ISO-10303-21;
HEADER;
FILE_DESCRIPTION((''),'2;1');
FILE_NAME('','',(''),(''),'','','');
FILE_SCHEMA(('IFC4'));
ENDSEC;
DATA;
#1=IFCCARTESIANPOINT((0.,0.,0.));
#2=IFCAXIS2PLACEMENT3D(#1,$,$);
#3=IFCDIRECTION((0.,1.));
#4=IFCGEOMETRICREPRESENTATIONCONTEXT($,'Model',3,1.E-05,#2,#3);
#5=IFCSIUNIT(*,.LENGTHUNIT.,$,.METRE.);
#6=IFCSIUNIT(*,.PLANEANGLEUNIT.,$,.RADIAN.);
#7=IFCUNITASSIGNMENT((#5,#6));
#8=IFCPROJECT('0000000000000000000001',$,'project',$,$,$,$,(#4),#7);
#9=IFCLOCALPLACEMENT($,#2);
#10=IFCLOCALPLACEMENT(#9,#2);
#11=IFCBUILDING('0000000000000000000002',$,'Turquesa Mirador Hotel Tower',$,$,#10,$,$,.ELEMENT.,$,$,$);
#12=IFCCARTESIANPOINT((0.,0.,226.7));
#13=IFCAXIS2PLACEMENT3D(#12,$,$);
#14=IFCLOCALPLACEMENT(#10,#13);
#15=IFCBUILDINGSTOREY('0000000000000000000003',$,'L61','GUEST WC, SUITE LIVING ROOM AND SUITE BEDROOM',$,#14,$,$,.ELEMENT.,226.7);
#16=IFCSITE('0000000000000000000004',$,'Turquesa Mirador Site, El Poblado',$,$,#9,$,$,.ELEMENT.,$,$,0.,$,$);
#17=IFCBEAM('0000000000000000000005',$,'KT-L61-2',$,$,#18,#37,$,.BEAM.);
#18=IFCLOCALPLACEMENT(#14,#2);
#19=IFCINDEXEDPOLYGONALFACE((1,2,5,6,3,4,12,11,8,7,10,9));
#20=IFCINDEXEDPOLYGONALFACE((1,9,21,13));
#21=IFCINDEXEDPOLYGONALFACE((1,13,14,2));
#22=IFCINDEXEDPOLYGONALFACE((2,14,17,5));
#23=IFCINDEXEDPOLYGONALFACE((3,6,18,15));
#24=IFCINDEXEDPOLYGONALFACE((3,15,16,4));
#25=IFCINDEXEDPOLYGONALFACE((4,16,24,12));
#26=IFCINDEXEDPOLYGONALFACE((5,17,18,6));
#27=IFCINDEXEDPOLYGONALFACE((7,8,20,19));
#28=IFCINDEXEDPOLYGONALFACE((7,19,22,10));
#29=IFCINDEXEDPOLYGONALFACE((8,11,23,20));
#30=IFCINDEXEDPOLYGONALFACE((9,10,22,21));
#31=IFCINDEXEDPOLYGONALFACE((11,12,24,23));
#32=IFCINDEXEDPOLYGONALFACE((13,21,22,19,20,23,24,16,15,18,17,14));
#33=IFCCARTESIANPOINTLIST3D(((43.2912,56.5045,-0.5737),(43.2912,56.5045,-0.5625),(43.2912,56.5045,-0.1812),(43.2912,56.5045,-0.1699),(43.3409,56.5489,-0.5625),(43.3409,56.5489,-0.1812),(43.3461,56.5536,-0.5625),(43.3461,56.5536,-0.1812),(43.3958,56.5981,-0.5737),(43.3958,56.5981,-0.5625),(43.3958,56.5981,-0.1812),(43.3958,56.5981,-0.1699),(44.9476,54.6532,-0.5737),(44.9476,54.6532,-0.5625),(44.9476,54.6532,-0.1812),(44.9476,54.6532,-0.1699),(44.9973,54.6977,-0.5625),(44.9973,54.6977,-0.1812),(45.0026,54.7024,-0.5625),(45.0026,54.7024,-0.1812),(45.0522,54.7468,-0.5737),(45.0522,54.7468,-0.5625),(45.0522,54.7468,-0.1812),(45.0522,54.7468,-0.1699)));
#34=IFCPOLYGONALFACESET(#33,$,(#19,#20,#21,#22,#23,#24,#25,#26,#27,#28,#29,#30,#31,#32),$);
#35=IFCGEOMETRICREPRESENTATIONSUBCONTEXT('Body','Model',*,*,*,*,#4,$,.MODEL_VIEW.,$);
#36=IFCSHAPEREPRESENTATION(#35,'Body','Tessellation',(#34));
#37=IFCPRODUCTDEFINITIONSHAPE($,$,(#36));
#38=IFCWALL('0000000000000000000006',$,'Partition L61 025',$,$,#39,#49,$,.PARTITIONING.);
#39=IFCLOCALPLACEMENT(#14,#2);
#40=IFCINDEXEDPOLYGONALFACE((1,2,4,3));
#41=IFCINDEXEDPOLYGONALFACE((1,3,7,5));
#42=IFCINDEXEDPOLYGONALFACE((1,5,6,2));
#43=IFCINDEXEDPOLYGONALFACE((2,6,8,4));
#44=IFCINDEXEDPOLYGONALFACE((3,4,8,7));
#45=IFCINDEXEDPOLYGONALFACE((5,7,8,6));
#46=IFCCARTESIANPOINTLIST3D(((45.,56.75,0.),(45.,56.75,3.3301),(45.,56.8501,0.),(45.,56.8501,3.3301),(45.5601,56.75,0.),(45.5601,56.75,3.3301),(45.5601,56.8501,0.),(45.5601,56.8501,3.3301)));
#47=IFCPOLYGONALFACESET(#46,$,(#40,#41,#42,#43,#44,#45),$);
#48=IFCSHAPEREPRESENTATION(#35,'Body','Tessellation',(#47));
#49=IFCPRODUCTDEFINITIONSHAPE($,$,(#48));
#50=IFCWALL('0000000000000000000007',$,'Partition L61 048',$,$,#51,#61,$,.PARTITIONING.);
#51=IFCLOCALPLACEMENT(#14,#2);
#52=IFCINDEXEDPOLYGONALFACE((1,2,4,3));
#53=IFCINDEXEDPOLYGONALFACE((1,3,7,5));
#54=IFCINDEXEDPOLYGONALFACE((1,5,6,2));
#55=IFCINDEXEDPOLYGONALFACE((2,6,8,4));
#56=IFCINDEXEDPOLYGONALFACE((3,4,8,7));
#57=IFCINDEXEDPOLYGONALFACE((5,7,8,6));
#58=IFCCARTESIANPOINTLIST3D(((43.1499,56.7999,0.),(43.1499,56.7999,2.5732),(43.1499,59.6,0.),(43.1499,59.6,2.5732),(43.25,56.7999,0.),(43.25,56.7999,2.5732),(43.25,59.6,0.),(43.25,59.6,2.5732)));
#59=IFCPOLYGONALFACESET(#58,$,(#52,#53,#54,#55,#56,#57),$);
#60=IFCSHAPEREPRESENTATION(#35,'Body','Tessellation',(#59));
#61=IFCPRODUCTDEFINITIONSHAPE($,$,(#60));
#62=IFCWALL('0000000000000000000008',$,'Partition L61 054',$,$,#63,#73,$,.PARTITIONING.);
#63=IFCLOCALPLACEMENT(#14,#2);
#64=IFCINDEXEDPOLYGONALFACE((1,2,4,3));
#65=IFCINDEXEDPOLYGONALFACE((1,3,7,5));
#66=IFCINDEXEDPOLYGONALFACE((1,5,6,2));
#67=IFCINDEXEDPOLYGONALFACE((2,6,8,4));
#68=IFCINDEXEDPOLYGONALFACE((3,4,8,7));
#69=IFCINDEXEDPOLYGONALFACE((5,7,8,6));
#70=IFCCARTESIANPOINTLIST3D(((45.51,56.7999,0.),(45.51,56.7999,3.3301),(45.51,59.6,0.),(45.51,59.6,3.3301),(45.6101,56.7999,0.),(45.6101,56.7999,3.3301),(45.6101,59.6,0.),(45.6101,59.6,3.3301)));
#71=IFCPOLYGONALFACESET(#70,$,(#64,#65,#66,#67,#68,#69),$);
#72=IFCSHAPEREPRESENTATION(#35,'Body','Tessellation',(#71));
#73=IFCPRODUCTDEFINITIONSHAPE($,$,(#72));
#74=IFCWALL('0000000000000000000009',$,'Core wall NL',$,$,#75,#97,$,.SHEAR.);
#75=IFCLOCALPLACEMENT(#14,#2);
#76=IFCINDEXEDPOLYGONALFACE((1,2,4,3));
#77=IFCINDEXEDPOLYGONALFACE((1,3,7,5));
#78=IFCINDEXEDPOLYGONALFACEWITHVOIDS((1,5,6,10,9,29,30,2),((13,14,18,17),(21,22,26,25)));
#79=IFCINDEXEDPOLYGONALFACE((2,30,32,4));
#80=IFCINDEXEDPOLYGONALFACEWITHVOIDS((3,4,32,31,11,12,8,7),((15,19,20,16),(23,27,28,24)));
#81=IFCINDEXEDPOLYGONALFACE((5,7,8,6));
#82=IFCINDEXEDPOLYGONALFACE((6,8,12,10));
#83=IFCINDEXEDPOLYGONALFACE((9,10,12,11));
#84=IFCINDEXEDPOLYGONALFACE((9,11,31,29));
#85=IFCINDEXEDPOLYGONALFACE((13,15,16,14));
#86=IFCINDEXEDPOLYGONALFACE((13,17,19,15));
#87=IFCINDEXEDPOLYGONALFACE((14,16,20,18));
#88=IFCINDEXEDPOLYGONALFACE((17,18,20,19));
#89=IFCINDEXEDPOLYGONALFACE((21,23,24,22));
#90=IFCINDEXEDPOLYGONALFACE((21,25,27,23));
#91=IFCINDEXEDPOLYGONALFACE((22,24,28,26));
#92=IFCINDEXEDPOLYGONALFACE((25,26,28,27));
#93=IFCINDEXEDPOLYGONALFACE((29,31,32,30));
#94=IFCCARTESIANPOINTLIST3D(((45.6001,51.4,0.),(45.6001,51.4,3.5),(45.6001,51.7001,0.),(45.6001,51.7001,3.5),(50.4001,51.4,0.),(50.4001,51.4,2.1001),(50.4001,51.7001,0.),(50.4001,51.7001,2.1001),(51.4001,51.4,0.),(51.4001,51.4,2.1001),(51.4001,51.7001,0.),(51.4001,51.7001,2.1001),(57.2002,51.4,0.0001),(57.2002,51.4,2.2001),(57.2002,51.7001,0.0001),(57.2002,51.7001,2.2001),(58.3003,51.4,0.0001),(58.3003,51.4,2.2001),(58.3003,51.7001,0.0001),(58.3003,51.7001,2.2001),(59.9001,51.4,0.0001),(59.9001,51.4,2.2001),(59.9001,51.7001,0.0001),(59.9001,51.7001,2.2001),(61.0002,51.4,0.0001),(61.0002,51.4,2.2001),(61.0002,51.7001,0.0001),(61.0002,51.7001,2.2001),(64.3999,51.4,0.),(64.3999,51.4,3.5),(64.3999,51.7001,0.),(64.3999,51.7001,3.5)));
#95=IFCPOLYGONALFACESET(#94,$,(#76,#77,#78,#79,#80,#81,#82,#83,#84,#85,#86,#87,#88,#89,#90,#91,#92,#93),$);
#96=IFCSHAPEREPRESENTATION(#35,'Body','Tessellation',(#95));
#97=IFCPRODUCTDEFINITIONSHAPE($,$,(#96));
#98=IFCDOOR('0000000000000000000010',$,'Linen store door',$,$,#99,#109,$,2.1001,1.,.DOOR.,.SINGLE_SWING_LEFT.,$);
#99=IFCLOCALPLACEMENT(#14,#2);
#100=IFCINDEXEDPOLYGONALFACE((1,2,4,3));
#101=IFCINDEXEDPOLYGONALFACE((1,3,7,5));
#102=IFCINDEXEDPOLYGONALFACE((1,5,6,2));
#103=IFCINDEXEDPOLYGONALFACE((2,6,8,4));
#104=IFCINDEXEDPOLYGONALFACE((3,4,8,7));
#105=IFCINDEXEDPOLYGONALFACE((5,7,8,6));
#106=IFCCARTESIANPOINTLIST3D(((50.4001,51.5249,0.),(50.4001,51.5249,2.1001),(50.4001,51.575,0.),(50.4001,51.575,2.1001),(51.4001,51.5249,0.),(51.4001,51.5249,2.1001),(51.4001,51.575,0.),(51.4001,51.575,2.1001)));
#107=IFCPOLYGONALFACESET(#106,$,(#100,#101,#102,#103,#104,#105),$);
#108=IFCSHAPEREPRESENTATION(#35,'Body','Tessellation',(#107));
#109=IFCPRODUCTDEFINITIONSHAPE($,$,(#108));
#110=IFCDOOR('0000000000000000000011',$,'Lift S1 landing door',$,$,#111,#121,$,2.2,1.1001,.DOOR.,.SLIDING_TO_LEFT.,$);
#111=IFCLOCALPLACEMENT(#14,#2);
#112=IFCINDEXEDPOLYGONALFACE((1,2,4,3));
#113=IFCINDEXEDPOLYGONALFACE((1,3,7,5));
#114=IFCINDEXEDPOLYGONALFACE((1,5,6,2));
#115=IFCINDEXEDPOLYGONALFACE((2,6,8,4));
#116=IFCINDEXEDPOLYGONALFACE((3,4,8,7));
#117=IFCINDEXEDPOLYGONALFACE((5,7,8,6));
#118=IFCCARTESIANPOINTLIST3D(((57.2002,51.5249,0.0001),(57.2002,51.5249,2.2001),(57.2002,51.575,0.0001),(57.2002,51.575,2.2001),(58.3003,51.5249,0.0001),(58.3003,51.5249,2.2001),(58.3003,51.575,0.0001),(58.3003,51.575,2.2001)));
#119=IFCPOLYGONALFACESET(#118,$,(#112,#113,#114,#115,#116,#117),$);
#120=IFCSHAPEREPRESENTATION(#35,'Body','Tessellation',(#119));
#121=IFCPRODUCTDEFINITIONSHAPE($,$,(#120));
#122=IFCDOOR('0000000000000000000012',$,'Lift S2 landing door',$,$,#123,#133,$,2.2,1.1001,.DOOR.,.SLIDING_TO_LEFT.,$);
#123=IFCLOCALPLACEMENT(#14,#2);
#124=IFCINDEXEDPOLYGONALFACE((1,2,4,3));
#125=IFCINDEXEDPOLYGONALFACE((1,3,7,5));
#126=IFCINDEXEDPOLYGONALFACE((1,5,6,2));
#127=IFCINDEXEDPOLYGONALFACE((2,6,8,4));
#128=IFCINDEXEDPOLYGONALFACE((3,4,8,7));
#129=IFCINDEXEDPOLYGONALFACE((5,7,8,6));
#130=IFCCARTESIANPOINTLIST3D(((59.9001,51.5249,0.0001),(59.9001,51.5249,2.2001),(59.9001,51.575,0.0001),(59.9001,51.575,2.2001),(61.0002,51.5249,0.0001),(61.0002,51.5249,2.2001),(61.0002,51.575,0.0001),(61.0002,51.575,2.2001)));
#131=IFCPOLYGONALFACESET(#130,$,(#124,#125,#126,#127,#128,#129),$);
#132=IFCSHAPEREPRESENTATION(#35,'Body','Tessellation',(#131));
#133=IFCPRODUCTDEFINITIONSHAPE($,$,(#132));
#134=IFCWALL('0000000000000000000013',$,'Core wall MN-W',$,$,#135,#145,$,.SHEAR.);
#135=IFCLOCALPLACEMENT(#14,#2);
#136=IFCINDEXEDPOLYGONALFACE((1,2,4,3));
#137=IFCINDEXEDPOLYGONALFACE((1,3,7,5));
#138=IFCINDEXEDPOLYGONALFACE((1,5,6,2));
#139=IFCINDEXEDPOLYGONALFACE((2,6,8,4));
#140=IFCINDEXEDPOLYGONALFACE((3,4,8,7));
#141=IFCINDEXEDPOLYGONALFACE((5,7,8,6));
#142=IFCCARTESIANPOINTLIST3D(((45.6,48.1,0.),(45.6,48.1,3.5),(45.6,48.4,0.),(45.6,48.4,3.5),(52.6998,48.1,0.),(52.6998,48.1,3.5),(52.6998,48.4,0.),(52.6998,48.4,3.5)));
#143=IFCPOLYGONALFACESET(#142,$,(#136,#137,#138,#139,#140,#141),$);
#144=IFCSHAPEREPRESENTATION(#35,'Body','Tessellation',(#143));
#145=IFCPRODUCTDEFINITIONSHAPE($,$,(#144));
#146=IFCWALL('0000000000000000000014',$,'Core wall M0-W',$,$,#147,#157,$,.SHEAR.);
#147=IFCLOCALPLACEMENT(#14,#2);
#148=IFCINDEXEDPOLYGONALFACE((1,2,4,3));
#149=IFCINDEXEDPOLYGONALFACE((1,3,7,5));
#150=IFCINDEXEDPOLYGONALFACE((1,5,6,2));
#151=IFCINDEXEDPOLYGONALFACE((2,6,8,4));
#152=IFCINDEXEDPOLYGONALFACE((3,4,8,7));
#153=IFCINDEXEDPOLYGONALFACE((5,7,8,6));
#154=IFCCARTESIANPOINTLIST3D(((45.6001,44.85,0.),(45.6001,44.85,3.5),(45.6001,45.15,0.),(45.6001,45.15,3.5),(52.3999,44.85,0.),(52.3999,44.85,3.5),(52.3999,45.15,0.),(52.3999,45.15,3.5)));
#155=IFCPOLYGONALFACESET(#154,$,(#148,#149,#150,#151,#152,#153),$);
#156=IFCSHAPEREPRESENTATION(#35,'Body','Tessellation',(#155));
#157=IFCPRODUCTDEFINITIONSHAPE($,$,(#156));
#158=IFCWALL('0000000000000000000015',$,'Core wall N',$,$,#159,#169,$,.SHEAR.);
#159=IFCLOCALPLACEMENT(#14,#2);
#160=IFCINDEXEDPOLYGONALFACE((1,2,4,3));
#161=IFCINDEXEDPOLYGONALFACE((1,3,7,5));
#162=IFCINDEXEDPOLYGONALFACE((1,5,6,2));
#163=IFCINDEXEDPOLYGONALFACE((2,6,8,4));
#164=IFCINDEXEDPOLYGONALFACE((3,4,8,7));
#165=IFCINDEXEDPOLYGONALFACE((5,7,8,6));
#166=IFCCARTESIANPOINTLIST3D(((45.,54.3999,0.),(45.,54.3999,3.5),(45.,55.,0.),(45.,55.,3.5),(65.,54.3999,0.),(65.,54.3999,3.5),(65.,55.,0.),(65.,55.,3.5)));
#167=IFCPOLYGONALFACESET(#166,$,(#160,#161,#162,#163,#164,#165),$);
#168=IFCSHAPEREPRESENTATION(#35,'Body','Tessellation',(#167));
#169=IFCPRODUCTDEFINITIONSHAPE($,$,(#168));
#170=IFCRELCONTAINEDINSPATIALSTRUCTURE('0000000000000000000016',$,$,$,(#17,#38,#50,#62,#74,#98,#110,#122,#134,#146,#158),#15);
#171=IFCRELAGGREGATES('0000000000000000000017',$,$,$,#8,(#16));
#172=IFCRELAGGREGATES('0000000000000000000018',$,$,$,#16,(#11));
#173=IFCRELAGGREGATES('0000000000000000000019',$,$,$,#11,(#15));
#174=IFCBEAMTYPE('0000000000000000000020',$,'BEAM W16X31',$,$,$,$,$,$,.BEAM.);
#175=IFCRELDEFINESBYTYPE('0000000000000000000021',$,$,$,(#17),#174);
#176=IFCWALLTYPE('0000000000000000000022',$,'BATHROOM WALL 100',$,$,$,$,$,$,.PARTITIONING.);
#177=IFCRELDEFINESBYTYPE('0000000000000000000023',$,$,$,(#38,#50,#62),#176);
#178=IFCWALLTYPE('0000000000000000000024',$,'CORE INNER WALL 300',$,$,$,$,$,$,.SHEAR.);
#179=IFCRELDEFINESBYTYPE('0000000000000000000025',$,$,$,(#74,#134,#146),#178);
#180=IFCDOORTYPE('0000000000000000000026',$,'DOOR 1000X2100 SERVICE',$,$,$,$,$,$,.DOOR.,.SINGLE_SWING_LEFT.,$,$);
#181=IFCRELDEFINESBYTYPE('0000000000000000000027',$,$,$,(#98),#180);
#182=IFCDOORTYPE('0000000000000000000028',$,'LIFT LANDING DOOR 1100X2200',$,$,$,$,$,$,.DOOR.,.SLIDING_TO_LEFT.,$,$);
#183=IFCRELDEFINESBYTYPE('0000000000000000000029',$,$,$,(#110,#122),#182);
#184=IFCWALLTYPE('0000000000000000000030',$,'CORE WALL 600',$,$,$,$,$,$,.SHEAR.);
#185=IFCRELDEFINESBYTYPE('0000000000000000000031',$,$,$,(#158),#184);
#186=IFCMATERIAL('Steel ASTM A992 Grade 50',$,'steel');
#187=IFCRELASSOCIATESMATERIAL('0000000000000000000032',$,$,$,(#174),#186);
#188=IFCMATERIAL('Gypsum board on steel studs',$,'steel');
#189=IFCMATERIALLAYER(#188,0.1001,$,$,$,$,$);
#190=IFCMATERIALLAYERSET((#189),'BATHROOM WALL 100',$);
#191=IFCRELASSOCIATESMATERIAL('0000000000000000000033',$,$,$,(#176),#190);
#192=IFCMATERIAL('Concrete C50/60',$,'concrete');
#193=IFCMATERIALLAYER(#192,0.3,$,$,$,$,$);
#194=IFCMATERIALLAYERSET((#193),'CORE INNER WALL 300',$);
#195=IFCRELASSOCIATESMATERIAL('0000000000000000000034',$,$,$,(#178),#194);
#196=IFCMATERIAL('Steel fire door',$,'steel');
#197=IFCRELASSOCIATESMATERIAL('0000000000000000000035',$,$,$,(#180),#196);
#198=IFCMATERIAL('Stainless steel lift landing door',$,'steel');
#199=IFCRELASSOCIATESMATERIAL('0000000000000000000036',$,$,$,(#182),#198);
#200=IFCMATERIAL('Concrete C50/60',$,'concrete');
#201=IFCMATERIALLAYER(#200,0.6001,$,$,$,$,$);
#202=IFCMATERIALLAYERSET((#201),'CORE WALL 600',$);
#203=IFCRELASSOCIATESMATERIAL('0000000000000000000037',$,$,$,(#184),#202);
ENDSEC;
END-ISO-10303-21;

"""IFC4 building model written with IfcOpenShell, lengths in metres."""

from ifc_helpers import new_model, si_unit, direction, frame, frame_2d, origin, origin_2d, place, context, subcontext, project, spatial, rectangle, i_section, extrude, material, layer, layer_set, material_profile, profile_set, type_object, element, fill, save


model = new_model("IFC4")

# Units and contexts
model_context = context("Model", 3, precision=1e-05, world=origin(), true_north=direction((0.0, 1.0)))
body_context = subcontext(model_context, "Body", "Model", "MODEL_VIEW")
ifc_project = project(units=[si_unit("LENGTHUNIT", "METRE"), si_unit("PLANEANGLEUNIT", "RADIAN")], contexts=[model_context])

# Site, building, storey
site_placement = place(None, origin())
site = spatial("IfcSite", under=ifc_project, at=site_placement, Name="Turquesa Mirador Site, El Poblado", CompositionType="ELEMENT", RefElevation=0.0)
building_placement = place(site_placement, origin())
building = spatial("IfcBuilding", under=site, at=building_placement, Name="Turquesa Mirador Hotel Tower", CompositionType="ELEMENT")
storey_placement = place(building_placement, frame((0.0, 0.0, 226.7)))
storey = spatial("IfcBuildingStorey", under=building, at=storey_placement, Name="L61", Description="GUEST WC, SUITE LIVING ROOM AND SUITE BEDROOM", CompositionType="ELEMENT", Elevation=226.7)

# Beam
ifc_material_1 = material(Name="Steel ASTM A992 Grade 50", Category="steel")
ifc_material_profile = material_profile(ifc_material_1, i_section(OverallWidth=0.1404, OverallDepth=0.4038, WebThickness=0.0071, FlangeThickness=0.0112, at=origin_2d()), Name="W16X31")
ifc_profile_set = profile_set([ifc_material_profile], Name="Steel ASTM A992 Grade 50")
beam_type = type_object("IfcBeamType", Name="BEAM W16X31", PredefinedType="BEAM", material=ifc_profile_set)
beam_placement = place(storey_placement, frame((43.3435, 56.5513, -0.3718), z_axis=(0.666806, -0.745231, 0.0), x_axis=(0.745231, 0.666806, 0.0)))
element("IfcBeam", 1, at=beam_placement, inside=storey, type_object=beam_type, Name="KT-L61-2", PredefinedType="BEAM", context=body_context, shape_type="SweptSolid", body=[
    extrude(i_section(OverallWidth=0.1404, OverallDepth=0.4038, WebThickness=0.0071, FlangeThickness=0.0112, at=origin_2d()), origin(), (0.0, 0.0, 1.0), 2.4841),
])

# Walls
ifc_material_2 = material(Name="Gypsum board on steel studs", Category="steel")
ifc_layer_1 = layer(ifc_material_2, 0.1001)
ifc_layer_set_1 = layer_set([ifc_layer_1], Name="BATHROOM WALL 100")
wall_type_1 = type_object("IfcWallType", Name="BATHROOM WALL 100", PredefinedType="PARTITIONING", material=ifc_layer_set_1)
wall_1_placement = place(storey_placement, frame((45.0, 56.8, 0.0), z_axis=(0.0, 0.0, 1.0), x_axis=(1.0, 0.0, 0.0)))
element("IfcWall", 2, at=wall_1_placement, inside=storey, type_object=wall_type_1, Name="Partition L61 025", PredefinedType="PARTITIONING", context=body_context, shape_type="SweptSolid", body=[
    extrude(rectangle(XDim=0.5601, YDim=0.1001, at=frame_2d((0.28, 0.0))), origin(), (0.0, 0.0, 1.0), 3.3301),
])
wall_2_placement = place(storey_placement, frame((43.2, 56.8, 0.0), z_axis=(0.0, 0.0, 1.0), x_axis=(0.0, 1.0, 0.0)))
element("IfcWall", 3, at=wall_2_placement, inside=storey, type_object=wall_type_1, Name="Partition L61 048", PredefinedType="PARTITIONING", context=body_context, shape_type="SweptSolid", body=[
    extrude(rectangle(XDim=2.8, YDim=0.1001, at=frame_2d((1.3999, 0.0))), origin(), (0.0, 0.0, 1.0), 2.5732),
])
wall_3_placement = place(storey_placement, frame((45.5601, 56.8, 0.0), z_axis=(0.0, 0.0, 1.0), x_axis=(0.0, 1.0, 0.0)))
element("IfcWall", 4, at=wall_3_placement, inside=storey, type_object=wall_type_1, Name="Partition L61 054", PredefinedType="PARTITIONING", context=body_context, shape_type="SweptSolid", body=[
    extrude(rectangle(XDim=2.8, YDim=0.1001, at=frame_2d((1.3999, 0.0))), origin(), (0.0, 0.0, 1.0), 3.3301),
])

# Wall, openings, doors
ifc_material_3 = material(Name="Concrete C50/60", Category="concrete")
ifc_layer_2 = layer(ifc_material_3, 0.3)
ifc_layer_set_2 = layer_set([ifc_layer_2], Name="CORE INNER WALL 300")
wall_type_2 = type_object("IfcWallType", Name="CORE INNER WALL 300", PredefinedType="SHEAR", material=ifc_layer_set_2)
wall_4_placement = place(storey_placement, frame((45.6001, 51.55, 0.0), z_axis=(0.0, 0.0, 1.0), x_axis=(1.0, 0.0, 0.0)))
wall_4 = element("IfcWall", 5, at=wall_4_placement, inside=storey, type_object=wall_type_2, Name="Core wall NL", PredefinedType="SHEAR", context=body_context, shape_type="SweptSolid", body=[
    extrude(rectangle(XDim=18.7998, YDim=0.3, at=frame_2d((9.3999, 0.0))), origin(), (0.0, 0.0, 1.0), 3.5),
])
opening_1_placement = place(wall_4_placement, frame((4.8, 0.0, 0.0)))
opening_1 = element("IfcOpeningElement", 6, at=opening_1_placement, cuts=wall_4, PredefinedType="OPENING", context=body_context, shape_type="SweptSolid", body=[
    extrude(rectangle(XDim=1.0, YDim=2.1001, at=frame_2d((0.5, 1.05))), frame((0.0, 0.1599, 0.0), z_axis=(0.0, -1.0, 0.0), x_axis=(1.0, 0.0, 0.0)), (0.0, 0.0, 1.0), 0.3201),
])
opening_2_placement = place(wall_4_placement, frame((11.6001, 0.0, 0.0)))
opening_2 = element("IfcOpeningElement", 7, at=opening_2_placement, cuts=wall_4, PredefinedType="OPENING", context=body_context, shape_type="SweptSolid", body=[
    extrude(rectangle(XDim=1.1001, YDim=2.2, at=frame_2d((0.55, 1.1001))), frame((0.0, 0.1599, 0.0), z_axis=(0.0, -1.0, 0.0), x_axis=(1.0, 0.0, 0.0)), (0.0, 0.0, 1.0), 0.3201),
])
opening_3_placement = place(wall_4_placement, frame((14.3, 0.0, 0.0)))
opening_3 = element("IfcOpeningElement", 8, at=opening_3_placement, cuts=wall_4, PredefinedType="OPENING", context=body_context, shape_type="SweptSolid", body=[
    extrude(rectangle(XDim=1.1001, YDim=2.2, at=frame_2d((0.55, 1.1001))), frame((0.0, 0.1599, 0.0), z_axis=(0.0, -1.0, 0.0), x_axis=(1.0, 0.0, 0.0)), (0.0, 0.0, 1.0), 0.3201),
])
ifc_material_4 = material(Name="Steel fire door", Category="steel")
door_type_1 = type_object("IfcDoorType", Name="DOOR 1000X2100 SERVICE", OperationType="SINGLE_SWING_LEFT", PredefinedType="DOOR", material=ifc_material_4)
door_1_placement = place(opening_1_placement, origin())
door_1 = element("IfcDoor", 9, at=door_1_placement, inside=storey, type_object=door_type_1, Name="Linen store door", OperationType="SINGLE_SWING_LEFT", OverallHeight=2.1001, OverallWidth=1.0, PredefinedType="DOOR", context=body_context, shape_type="SweptSolid", body=[
    extrude(rectangle(XDim=1.0, YDim=2.1001, at=frame_2d((0.5, 1.05))), frame((0.0, 0.0249, 0.0), z_axis=(0.0, -1.0, 0.0), x_axis=(1.0, 0.0, 0.0)), (0.0, 0.0, 1.0), 0.05),
])
fill(opening_1, door_1)
ifc_material_5 = material(Name="Stainless steel lift landing door", Category="steel")
door_type_2 = type_object("IfcDoorType", Name="LIFT LANDING DOOR 1100X2200", OperationType="SLIDING_TO_LEFT", PredefinedType="DOOR", material=ifc_material_5)
door_2_placement = place(opening_2_placement, origin())
door_2 = element("IfcDoor", 10, at=door_2_placement, inside=storey, type_object=door_type_2, Name="Lift S1 landing door", OperationType="SLIDING_TO_LEFT", OverallHeight=2.2, OverallWidth=1.1001, PredefinedType="DOOR", context=body_context, shape_type="SweptSolid", body=[
    extrude(rectangle(XDim=1.1001, YDim=2.2, at=frame_2d((0.55, 1.1001))), frame((0.0, 0.0249, 0.0), z_axis=(0.0, -1.0, 0.0), x_axis=(1.0, 0.0, 0.0)), (0.0, 0.0, 1.0), 0.05),
])
fill(opening_2, door_2)
door_3_placement = place(opening_3_placement, origin())
door_3 = element("IfcDoor", 11, at=door_3_placement, inside=storey, type_object=door_type_2, Name="Lift S2 landing door", OperationType="SLIDING_TO_LEFT", OverallHeight=2.2, OverallWidth=1.1001, PredefinedType="DOOR", context=body_context, shape_type="SweptSolid", body=[
    extrude(rectangle(XDim=1.1001, YDim=2.2, at=frame_2d((0.55, 1.1001))), frame((0.0, 0.0249, 0.0), z_axis=(0.0, -1.0, 0.0), x_axis=(1.0, 0.0, 0.0)), (0.0, 0.0, 1.0), 0.05),
])
fill(opening_3, door_3)

# Walls
wall_5_placement = place(storey_placement, frame((45.6001, 48.25, 0.0), z_axis=(0.0, 0.0, 1.0), x_axis=(1.0, 0.0, 0.0)))
element("IfcWall", 12, at=wall_5_placement, inside=storey, type_object=wall_type_2, Name="Core wall MN-W", PredefinedType="SHEAR", context=body_context, shape_type="SweptSolid", body=[
    extrude(rectangle(XDim=7.0999, YDim=0.3, at=frame_2d((3.5498, 0.0))), origin(), (0.0, 0.0, 1.0), 3.5),
])
wall_6_placement = place(storey_placement, frame((45.6001, 45.0, 0.0), z_axis=(0.0, 0.0, 1.0), x_axis=(1.0, 0.0, 0.0)))
element("IfcWall", 13, at=wall_6_placement, inside=storey, type_object=wall_type_2, Name="Core wall M0-W", PredefinedType="SHEAR", context=body_context, shape_type="SweptSolid", body=[
    extrude(rectangle(XDim=6.7998, YDim=0.3, at=frame_2d((3.3999, 0.0))), origin(), (0.0, 0.0, 1.0), 3.5),
])
ifc_material_6 = material(Name="Concrete C50/60", Category="concrete")
ifc_layer_3 = layer(ifc_material_6, 0.6001)
ifc_layer_set_3 = layer_set([ifc_layer_3], Name="CORE WALL 600")
wall_type_3 = type_object("IfcWallType", Name="CORE WALL 600", PredefinedType="SHEAR", material=ifc_layer_set_3)
wall_7_placement = place(storey_placement, frame((45.0, 54.7, 0.0), z_axis=(0.0, 0.0, 1.0), x_axis=(1.0, 0.0, 0.0)))
element("IfcWall", 14, at=wall_7_placement, inside=storey, type_object=wall_type_3, Name="Core wall N", PredefinedType="SHEAR", context=body_context, shape_type="SweptSolid", body=[
    extrude(rectangle(XDim=20.0, YDim=0.6001, at=frame_2d((10.0, 0.0))), origin(), (0.0, 0.0, 1.0), 3.5),
])

save(model, "model.ifc")
